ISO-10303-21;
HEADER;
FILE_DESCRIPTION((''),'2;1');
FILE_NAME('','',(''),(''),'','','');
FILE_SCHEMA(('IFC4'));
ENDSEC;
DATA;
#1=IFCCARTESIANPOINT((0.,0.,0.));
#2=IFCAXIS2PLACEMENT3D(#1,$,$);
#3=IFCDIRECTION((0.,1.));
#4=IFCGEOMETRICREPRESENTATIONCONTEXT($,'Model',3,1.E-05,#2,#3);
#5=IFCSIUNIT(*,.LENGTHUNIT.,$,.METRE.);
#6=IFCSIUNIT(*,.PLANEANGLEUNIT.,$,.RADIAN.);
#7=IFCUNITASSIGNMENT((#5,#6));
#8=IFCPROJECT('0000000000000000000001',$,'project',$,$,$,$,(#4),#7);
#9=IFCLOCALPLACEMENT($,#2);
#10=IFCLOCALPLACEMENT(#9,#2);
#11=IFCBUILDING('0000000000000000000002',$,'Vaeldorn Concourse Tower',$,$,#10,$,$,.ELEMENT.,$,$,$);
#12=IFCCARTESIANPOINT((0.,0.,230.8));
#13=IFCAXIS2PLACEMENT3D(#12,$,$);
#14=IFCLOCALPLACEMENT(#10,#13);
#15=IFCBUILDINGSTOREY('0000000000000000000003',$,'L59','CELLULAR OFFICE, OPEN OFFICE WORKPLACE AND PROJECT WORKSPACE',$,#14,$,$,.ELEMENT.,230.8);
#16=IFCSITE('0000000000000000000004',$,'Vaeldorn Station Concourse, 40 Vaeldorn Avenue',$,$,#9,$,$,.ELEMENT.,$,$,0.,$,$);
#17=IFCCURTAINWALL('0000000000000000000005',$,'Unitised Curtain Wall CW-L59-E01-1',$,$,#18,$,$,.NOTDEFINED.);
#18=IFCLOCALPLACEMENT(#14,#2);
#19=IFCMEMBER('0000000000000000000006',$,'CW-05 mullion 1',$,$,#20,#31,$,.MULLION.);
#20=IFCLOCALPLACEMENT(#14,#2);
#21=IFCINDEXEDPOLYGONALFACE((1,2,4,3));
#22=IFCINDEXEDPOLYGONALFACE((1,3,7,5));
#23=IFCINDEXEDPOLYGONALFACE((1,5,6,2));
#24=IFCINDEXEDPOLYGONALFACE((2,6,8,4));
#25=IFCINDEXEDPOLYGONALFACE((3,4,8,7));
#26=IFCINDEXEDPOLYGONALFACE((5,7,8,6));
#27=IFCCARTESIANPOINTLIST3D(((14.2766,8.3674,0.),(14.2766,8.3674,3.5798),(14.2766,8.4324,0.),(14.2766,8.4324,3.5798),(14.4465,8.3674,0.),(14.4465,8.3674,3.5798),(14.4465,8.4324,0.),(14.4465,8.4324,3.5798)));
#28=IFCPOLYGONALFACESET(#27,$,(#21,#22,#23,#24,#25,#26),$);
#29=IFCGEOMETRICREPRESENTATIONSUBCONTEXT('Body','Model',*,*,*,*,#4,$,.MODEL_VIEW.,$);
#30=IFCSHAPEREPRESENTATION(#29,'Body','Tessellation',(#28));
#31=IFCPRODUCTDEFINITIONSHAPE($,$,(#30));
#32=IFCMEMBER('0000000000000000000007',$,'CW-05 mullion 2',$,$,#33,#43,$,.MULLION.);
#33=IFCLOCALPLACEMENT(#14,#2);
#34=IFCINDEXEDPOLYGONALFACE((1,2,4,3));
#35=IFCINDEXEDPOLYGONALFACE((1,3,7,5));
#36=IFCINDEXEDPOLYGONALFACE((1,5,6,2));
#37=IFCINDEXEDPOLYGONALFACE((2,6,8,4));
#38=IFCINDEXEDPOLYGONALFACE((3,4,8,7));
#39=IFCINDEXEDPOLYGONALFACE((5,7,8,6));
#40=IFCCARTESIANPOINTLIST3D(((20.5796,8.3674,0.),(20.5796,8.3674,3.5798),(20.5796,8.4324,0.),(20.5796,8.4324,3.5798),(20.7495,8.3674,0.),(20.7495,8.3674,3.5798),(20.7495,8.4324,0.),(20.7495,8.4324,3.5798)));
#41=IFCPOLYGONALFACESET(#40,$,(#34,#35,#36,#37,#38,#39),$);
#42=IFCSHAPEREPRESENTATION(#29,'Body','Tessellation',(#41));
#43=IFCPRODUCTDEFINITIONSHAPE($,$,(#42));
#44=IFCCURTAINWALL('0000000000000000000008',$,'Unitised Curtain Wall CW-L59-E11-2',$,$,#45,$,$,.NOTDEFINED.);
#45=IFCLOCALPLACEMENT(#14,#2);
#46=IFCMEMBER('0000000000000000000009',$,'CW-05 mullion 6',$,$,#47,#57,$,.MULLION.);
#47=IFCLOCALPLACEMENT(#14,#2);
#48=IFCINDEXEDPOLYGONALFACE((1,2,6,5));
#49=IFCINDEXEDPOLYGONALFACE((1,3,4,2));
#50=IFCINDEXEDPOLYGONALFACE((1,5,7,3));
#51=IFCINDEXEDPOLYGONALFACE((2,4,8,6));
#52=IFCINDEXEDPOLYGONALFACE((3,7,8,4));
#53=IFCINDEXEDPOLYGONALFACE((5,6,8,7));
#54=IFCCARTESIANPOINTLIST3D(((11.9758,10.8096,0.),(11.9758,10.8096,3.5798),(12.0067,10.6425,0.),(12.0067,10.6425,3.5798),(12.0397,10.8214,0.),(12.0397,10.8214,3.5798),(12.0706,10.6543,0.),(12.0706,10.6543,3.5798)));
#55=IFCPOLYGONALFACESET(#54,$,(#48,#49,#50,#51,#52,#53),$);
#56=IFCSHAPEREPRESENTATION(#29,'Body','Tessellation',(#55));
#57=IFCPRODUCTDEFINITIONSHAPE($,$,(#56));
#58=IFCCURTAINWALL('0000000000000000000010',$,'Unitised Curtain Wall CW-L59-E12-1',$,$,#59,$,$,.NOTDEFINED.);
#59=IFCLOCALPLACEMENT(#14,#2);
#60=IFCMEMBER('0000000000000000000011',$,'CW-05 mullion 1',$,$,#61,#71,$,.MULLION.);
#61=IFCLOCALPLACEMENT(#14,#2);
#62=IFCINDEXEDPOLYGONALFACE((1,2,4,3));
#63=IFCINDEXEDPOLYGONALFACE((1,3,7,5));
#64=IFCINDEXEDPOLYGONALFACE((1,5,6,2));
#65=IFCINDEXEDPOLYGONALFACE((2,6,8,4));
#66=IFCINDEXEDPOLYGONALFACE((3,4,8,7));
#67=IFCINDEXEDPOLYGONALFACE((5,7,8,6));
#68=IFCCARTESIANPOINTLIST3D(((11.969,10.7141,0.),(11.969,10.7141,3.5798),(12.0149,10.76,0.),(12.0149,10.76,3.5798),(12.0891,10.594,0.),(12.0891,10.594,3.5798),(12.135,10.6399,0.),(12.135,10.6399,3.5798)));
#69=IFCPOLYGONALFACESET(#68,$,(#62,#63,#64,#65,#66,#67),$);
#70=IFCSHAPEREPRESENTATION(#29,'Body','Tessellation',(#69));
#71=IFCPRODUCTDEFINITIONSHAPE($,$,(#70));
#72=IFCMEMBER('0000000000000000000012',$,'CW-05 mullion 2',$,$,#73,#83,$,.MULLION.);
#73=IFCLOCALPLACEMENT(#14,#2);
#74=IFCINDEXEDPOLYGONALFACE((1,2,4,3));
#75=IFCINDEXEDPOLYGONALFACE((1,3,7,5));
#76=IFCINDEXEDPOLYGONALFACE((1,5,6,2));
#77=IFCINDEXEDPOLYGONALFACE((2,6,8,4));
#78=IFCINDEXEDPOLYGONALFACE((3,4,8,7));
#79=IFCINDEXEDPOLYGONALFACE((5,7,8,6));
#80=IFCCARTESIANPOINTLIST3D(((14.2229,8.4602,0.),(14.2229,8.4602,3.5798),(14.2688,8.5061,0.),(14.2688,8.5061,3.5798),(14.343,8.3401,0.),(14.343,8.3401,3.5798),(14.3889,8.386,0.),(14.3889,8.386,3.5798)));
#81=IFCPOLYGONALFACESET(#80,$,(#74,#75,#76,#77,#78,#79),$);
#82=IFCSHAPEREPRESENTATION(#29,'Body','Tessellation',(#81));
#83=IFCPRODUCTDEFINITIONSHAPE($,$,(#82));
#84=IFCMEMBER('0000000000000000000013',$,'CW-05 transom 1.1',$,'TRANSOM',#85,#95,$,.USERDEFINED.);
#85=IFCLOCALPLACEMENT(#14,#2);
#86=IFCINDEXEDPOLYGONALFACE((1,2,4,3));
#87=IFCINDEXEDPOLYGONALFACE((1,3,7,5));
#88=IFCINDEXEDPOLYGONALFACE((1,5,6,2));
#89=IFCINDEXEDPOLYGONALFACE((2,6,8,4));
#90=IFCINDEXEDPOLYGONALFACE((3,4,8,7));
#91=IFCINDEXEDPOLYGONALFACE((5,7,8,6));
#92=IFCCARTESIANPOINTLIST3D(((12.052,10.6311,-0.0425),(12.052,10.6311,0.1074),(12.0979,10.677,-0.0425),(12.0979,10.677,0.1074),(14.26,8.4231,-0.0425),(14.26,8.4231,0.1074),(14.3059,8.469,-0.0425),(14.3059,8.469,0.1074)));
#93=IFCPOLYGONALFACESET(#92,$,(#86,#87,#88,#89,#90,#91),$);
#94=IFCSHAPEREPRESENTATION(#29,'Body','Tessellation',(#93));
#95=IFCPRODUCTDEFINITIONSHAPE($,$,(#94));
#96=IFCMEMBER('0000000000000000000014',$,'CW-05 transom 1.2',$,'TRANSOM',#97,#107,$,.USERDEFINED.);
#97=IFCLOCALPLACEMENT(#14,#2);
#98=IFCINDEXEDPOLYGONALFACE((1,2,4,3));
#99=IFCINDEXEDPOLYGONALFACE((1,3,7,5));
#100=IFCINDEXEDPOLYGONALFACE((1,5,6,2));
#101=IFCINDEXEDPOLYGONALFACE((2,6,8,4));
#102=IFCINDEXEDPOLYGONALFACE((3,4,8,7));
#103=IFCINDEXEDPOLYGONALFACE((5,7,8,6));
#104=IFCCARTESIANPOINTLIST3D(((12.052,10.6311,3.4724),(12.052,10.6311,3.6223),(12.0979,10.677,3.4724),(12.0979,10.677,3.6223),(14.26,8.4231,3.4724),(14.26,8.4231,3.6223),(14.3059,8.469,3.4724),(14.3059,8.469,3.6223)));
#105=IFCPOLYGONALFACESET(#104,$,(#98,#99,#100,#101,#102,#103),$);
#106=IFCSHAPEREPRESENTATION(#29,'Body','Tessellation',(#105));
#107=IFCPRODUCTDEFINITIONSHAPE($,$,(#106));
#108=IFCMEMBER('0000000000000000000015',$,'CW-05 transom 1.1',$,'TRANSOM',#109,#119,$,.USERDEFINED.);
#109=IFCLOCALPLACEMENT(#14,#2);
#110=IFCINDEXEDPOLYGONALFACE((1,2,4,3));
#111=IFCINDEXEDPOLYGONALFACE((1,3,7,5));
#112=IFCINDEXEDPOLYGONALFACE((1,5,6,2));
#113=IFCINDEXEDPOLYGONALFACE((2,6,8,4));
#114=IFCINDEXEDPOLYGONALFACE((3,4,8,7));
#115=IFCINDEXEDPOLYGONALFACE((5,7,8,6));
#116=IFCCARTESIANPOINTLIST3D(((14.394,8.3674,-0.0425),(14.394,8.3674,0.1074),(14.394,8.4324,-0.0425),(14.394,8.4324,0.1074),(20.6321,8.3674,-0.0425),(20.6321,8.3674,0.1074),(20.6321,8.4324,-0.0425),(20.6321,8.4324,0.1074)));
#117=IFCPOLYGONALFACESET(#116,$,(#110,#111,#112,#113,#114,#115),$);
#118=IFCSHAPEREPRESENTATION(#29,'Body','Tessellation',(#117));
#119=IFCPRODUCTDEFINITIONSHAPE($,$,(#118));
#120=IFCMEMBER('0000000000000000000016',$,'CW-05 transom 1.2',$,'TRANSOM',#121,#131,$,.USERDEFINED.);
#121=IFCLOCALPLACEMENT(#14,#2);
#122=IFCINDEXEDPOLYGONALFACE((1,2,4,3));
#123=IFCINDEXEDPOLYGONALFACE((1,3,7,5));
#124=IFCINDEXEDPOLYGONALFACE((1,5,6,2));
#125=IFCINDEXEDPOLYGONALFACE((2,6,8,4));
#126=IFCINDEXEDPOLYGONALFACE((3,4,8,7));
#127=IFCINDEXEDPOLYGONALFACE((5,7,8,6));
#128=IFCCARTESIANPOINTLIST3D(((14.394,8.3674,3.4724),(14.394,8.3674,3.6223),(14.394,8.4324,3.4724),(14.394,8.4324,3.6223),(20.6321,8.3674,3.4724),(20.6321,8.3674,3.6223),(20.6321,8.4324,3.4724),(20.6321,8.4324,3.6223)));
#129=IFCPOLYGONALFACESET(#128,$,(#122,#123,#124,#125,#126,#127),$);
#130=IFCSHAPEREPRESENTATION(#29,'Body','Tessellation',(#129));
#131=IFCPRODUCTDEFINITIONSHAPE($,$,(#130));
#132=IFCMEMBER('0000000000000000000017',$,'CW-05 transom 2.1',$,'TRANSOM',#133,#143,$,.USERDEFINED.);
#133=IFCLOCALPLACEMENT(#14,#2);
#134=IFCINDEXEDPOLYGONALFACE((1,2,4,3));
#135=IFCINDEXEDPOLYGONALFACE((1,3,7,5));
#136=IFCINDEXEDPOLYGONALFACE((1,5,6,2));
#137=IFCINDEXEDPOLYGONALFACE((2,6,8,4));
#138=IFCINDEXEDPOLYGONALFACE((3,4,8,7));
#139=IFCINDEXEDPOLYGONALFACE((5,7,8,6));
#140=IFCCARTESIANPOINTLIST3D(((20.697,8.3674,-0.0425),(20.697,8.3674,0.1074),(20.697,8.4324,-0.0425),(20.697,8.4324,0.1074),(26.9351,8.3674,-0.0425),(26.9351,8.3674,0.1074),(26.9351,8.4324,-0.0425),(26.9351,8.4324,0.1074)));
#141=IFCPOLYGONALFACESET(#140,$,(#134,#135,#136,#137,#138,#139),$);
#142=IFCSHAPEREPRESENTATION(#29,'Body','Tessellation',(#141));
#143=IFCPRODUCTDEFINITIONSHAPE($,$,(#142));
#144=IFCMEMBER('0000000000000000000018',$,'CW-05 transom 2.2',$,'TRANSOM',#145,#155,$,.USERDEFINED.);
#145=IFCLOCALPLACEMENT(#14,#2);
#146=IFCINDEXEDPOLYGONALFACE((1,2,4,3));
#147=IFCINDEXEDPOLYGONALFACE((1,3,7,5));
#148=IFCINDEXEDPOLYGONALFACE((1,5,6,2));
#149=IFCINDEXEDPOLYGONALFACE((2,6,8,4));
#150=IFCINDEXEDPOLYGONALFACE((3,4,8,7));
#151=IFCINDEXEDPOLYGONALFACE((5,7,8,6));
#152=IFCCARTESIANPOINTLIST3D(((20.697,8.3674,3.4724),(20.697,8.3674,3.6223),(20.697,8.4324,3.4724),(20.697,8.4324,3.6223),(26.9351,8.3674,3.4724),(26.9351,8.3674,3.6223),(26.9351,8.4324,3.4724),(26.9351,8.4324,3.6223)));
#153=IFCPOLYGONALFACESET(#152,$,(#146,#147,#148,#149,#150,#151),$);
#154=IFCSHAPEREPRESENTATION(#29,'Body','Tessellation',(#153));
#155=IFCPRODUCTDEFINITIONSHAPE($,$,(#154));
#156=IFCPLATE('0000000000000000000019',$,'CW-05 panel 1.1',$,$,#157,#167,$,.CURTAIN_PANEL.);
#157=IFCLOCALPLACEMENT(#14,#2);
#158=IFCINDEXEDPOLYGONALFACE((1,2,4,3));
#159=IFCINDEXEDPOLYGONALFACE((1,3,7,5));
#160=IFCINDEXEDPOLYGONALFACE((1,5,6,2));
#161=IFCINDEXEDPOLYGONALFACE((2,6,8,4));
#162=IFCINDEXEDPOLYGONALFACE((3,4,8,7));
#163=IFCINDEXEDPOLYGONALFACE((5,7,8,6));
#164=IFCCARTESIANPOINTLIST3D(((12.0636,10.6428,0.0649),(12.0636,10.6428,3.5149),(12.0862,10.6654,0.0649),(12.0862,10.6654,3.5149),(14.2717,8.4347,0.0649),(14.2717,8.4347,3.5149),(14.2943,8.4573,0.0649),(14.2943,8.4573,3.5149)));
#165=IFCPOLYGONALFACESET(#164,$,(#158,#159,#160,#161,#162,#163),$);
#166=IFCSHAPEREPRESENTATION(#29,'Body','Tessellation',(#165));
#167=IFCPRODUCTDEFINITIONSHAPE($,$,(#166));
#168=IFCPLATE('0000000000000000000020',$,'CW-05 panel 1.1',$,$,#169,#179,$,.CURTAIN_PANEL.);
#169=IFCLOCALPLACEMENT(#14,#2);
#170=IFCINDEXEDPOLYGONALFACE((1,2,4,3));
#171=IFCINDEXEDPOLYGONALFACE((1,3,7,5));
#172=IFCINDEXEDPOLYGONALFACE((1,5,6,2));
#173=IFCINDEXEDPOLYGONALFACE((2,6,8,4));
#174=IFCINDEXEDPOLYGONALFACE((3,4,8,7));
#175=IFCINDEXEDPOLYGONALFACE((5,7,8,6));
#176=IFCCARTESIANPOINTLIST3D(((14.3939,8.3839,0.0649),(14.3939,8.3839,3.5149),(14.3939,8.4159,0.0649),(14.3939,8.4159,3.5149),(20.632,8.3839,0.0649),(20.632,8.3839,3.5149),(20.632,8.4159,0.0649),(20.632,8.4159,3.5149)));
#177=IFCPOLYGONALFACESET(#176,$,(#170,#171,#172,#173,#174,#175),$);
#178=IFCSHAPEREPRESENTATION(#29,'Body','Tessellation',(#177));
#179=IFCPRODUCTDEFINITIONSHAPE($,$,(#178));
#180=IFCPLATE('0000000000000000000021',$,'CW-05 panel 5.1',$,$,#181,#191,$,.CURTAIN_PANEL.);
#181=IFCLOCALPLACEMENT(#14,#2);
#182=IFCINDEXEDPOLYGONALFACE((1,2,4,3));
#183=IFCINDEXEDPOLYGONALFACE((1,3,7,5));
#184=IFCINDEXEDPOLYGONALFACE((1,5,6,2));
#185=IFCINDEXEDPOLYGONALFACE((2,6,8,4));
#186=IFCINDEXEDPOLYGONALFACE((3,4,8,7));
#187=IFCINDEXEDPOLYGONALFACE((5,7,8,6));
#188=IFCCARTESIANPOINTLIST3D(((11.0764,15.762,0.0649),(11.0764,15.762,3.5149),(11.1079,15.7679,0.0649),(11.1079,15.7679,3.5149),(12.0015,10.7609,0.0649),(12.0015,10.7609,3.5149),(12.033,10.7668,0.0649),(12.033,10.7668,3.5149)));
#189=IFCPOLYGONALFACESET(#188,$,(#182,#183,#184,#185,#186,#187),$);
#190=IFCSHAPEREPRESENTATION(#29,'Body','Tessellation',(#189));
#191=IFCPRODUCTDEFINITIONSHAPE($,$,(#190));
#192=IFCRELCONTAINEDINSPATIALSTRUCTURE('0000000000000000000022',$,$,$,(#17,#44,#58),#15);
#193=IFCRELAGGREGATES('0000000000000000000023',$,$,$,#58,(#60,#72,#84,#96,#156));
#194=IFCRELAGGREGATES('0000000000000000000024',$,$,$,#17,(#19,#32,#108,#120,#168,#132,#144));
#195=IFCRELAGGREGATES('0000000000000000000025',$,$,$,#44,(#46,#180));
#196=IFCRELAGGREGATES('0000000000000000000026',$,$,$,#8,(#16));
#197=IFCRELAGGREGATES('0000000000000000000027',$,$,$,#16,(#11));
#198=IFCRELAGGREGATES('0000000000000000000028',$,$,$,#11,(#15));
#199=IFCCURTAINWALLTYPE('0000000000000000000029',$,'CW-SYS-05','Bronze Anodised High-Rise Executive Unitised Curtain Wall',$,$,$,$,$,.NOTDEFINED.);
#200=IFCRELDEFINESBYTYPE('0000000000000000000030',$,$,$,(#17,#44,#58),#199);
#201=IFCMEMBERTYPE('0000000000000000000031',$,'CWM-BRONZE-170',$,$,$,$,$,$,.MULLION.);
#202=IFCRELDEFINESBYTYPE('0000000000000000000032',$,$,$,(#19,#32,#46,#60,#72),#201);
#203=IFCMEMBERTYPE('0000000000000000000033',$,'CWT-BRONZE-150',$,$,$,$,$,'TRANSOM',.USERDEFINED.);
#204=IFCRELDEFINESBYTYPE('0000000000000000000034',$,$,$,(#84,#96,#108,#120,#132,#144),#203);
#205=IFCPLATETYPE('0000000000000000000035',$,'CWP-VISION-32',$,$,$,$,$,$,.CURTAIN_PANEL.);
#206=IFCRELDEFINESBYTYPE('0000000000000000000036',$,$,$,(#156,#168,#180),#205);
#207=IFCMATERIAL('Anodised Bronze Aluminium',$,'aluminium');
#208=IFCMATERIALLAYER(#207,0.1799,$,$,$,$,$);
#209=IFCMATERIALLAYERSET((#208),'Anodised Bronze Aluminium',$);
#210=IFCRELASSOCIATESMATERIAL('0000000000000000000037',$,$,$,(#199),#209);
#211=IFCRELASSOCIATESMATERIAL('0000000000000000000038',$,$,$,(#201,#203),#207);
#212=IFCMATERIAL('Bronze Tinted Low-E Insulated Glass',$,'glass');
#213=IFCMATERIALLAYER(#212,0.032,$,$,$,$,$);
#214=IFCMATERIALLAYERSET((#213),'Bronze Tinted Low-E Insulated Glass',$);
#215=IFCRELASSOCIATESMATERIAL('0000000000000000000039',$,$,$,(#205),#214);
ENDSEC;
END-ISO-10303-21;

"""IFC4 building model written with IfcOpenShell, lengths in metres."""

from ifc_helpers import new_model, si_unit, direction, frame, origin, origin_2d, place, context, subcontext, project, spatial, rectangle, extrude, source, transform, mapped, material, layer, layer_set, material_profile, profile_set, type_object, element, aggregate, save


model = new_model("IFC4")

# Units and contexts
model_context = context("Model", 3, precision=1e-05, world=origin(), true_north=direction((0.0, 1.0)))
body_context = subcontext(model_context, "Body", "Model", "MODEL_VIEW")
ifc_project = project(units=[si_unit("LENGTHUNIT", "METRE"), si_unit("PLANEANGLEUNIT", "RADIAN")], contexts=[model_context])

# Site, building, storey
site_placement = place(None, origin())
site = spatial("IfcSite", under=ifc_project, at=site_placement, Name="Vaeldorn Station Concourse, 40 Vaeldorn Avenue", CompositionType="ELEMENT", RefElevation=0.0)
building_placement = place(site_placement, origin())
building = spatial("IfcBuilding", under=site, at=building_placement, Name="Vaeldorn Concourse Tower", CompositionType="ELEMENT")
storey_placement = place(building_placement, frame((0.0, 0.0, 230.8)))
storey = spatial("IfcBuildingStorey", under=building, at=storey_placement, Name="L59", Description="CELLULAR OFFICE, OPEN OFFICE WORKPLACE AND PROJECT WORKSPACE", CompositionType="ELEMENT", Elevation=230.8)

# Curtain wall, members
ifc_material_1 = material(Name="Anodised Bronze Aluminium", Category="aluminium")
ifc_layer_1 = layer(ifc_material_1, 0.1799)
ifc_layer_set_1 = layer_set([ifc_layer_1], Name="Anodised Bronze Aluminium")
curtain_wall_type = type_object("IfcCurtainWallType", Name="CW-SYS-05", Description="Bronze Anodised High-Rise Executive Unitised Curtain Wall", PredefinedType="NOTDEFINED", material=ifc_layer_set_1)
curtain_wall_1_placement = place(storey_placement, origin())
curtain_wall_1 = element("IfcCurtainWall", 1, at=curtain_wall_1_placement, inside=storey, type_object=curtain_wall_type, Name="Unitised Curtain Wall CW-L59-E01-1", PredefinedType="NOTDEFINED")
ifc_material_profile_1 = material_profile(ifc_material_1, rectangle(XDim=0.0649, YDim=0.1699, at=origin_2d()), Name="CWM 65x170")
ifc_profile_set_1 = profile_set([ifc_material_profile_1], Name="Anodised Bronze Aluminium")
member_type_1 = type_object("IfcMemberType", Name="CWM-BRONZE-170", PredefinedType="MULLION", material=ifc_profile_set_1)
shared_shape_1 = source(origin(), body_context, "Body", "SweptSolid", [
    extrude(rectangle(XDim=0.0649, YDim=0.1699, at=origin_2d()), origin(), (0.0, 0.0, 1.0), 3.5798),
])
member_1_placement = place(storey_placement, frame((14.3616, 8.3999, 0.0), z_axis=(0.0, 0.0, 1.0), x_axis=(0.0, 1.0, 0.0)))
member_1 = element("IfcMember", 2, at=member_1_placement, type_object=member_type_1, Name="CW-05 mullion 1", PredefinedType="MULLION", context=body_context, shape_type="MappedRepresentation", body=[
    mapped(shared_shape_1, transform((0.0, 0.0, 0.0), scale=1.0)),
])
member_2_placement = place(storey_placement, frame((20.6646, 8.3999, 0.0), z_axis=(0.0, 0.0, 1.0), x_axis=(0.0, 1.0, 0.0)))
member_2 = element("IfcMember", 3, at=member_2_placement, type_object=member_type_1, Name="CW-05 mullion 2", PredefinedType="MULLION", context=body_context, shape_type="MappedRepresentation", body=[
    mapped(shared_shape_1, transform((0.0, 0.0, 0.0), scale=1.0)),
])

# Curtain wall, member
curtain_wall_2_placement = place(storey_placement, origin())
curtain_wall_2 = element("IfcCurtainWall", 4, at=curtain_wall_2_placement, inside=storey, type_object=curtain_wall_type, Name="Unitised Curtain Wall CW-L59-E11-2", PredefinedType="NOTDEFINED")
member_3_placement = place(storey_placement, frame((12.0232, 10.7319, 0.0), z_axis=(0.0, 0.0, 1.0), x_axis=(0.983319, 0.18189, 0.0)))
member_3 = element("IfcMember", 5, at=member_3_placement, type_object=member_type_1, Name="CW-05 mullion 6", PredefinedType="MULLION", context=body_context, shape_type="MappedRepresentation", body=[
    mapped(shared_shape_1, transform((0.0, 0.0, 0.0), scale=1.0)),
])

# Curtain wall, members
curtain_wall_3_placement = place(storey_placement, origin())
curtain_wall_3 = element("IfcCurtainWall", 6, at=curtain_wall_3_placement, inside=storey, type_object=curtain_wall_type, Name="Unitised Curtain Wall CW-L59-E12-1", PredefinedType="NOTDEFINED")
member_4_placement = place(storey_placement, frame((12.052, 10.677, 0.0), z_axis=(0.0, 0.0, 1.0), x_axis=(0.707107, 0.707107, 0.0)))
member_4 = element("IfcMember", 7, at=member_4_placement, type_object=member_type_1, Name="CW-05 mullion 1", PredefinedType="MULLION", context=body_context, shape_type="MappedRepresentation", body=[
    mapped(shared_shape_1, transform((0.0, 0.0, 0.0), scale=1.0)),
])
member_5_placement = place(storey_placement, frame((14.3059, 8.4231, 0.0), z_axis=(0.0, 0.0, 1.0), x_axis=(0.707107, 0.707107, 0.0)))
member_5 = element("IfcMember", 8, at=member_5_placement, type_object=member_type_1, Name="CW-05 mullion 2", PredefinedType="MULLION", context=body_context, shape_type="MappedRepresentation", body=[
    mapped(shared_shape_1, transform((0.0, 0.0, 0.0), scale=1.0)),
])
ifc_material_profile_2 = material_profile(ifc_material_1, rectangle(XDim=0.0649, YDim=0.1499, at=origin_2d()), Name="CWT 65x150")
ifc_profile_set_2 = profile_set([ifc_material_profile_2], Name="Anodised Bronze Aluminium")
member_type_2 = type_object("IfcMemberType", Name="CWT-BRONZE-150", ElementType="TRANSOM", PredefinedType="USERDEFINED", material=ifc_profile_set_2)
shared_shape_2 = source(origin(), body_context, "Body", "SweptSolid", [
    extrude(rectangle(XDim=0.0649, YDim=0.1499, at=origin_2d()), origin(), (0.0, 0.0, 1.0), 3.1226),
])
member_6_placement = place(storey_placement, frame((12.075, 10.6541, 0.0325), z_axis=(0.707107, -0.707107, 0.0), x_axis=(0.707107, 0.707107, 0.0)))
member_6 = element("IfcMember", 9, at=member_6_placement, type_object=member_type_2, Name="CW-05 transom 1.1", ObjectType="TRANSOM", PredefinedType="USERDEFINED", context=body_context, shape_type="MappedRepresentation", body=[
    mapped(shared_shape_2, transform((0.0, 0.0, 0.0), scale=1.0)),
])
member_7_placement = place(storey_placement, frame((12.075, 10.6541, 3.5474), z_axis=(0.707107, -0.707107, 0.0), x_axis=(0.707107, 0.707107, 0.0)))
member_7 = element("IfcMember", 10, at=member_7_placement, type_object=member_type_2, Name="CW-05 transom 1.2", ObjectType="TRANSOM", PredefinedType="USERDEFINED", context=body_context, shape_type="MappedRepresentation", body=[
    mapped(shared_shape_2, transform((0.0, 0.0, 0.0), scale=1.0)),
])

# Members
shared_shape_3 = source(origin(), body_context, "Body", "SweptSolid", [
    extrude(rectangle(XDim=0.0649, YDim=0.1499, at=origin_2d()), origin(), (0.0, 0.0, 1.0), 6.238),
])
member_8_placement = place(storey_placement, frame((14.394, 8.3999, 0.0325), z_axis=(1.0, 0.0, 0.0), x_axis=(0.0, 1.0, 0.0)))
member_8 = element("IfcMember", 11, at=member_8_placement, type_object=member_type_2, Name="CW-05 transom 1.1", ObjectType="TRANSOM", PredefinedType="USERDEFINED", context=body_context, shape_type="MappedRepresentation", body=[
    mapped(shared_shape_3, transform((0.0, 0.0, 0.0), scale=1.0)),
])
member_9_placement = place(storey_placement, frame((14.394, 8.3999, 3.5474), z_axis=(1.0, 0.0, 0.0), x_axis=(0.0, 1.0, 0.0)))
member_9 = element("IfcMember", 12, at=member_9_placement, type_object=member_type_2, Name="CW-05 transom 1.2", ObjectType="TRANSOM", PredefinedType="USERDEFINED", context=body_context, shape_type="MappedRepresentation", body=[
    mapped(shared_shape_3, transform((0.0, 0.0, 0.0), scale=1.0)),
])
member_10_placement = place(storey_placement, frame((20.697, 8.3999, 0.0325), z_axis=(1.0, 0.0, 0.0), x_axis=(0.0, 1.0, 0.0)))
member_10 = element("IfcMember", 13, at=member_10_placement, type_object=member_type_2, Name="CW-05 transom 2.1", ObjectType="TRANSOM", PredefinedType="USERDEFINED", context=body_context, shape_type="MappedRepresentation", body=[
    mapped(shared_shape_3, transform((0.0, 0.0, 0.0), scale=1.0)),
])
member_11_placement = place(storey_placement, frame((20.697, 8.3999, 3.5474), z_axis=(1.0, 0.0, 0.0), x_axis=(0.0, 1.0, 0.0)))
member_11 = element("IfcMember", 14, at=member_11_placement, type_object=member_type_2, Name="CW-05 transom 2.2", ObjectType="TRANSOM", PredefinedType="USERDEFINED", context=body_context, shape_type="MappedRepresentation", body=[
    mapped(shared_shape_3, transform((0.0, 0.0, 0.0), scale=1.0)),
])

# Plates
ifc_material_2 = material(Name="Bronze Tinted Low-E Insulated Glass", Category="glass")
ifc_layer_2 = layer(ifc_material_2, 0.032)
ifc_layer_set_2 = layer_set([ifc_layer_2], Name="Bronze Tinted Low-E Insulated Glass")
plate_type = type_object("IfcPlateType", Name="CWP-VISION-32", PredefinedType="CURTAIN_PANEL", material=ifc_layer_set_2)
shared_shape_4 = source(origin(), body_context, "Body", "SweptSolid", [
    extrude(rectangle(XDim=3.1228, YDim=0.032, at=origin_2d()), origin(), (0.0, 0.0, 1.0), 3.45),
])
plate_1_placement = place(storey_placement, frame((13.179, 9.55, 0.0649), z_axis=(0.0, 0.0, 1.0), x_axis=(0.707107, -0.707107, 0.0)))
plate_1 = element("IfcPlate", 15, at=plate_1_placement, type_object=plate_type, Name="CW-05 panel 1.1", PredefinedType="CURTAIN_PANEL", context=body_context, shape_type="MappedRepresentation", body=[
    mapped(shared_shape_4, transform((0.0, 0.0, 0.0), scale=1.0)),
])
aggregate(curtain_wall_3, [member_4, member_5, member_6, member_7, plate_1])
shared_shape_5 = source(origin(), body_context, "Body", "SweptSolid", [
    extrude(rectangle(XDim=6.238, YDim=0.032, at=origin_2d()), origin(), (0.0, 0.0, 1.0), 3.45),
])
plate_2_placement = place(storey_placement, frame((17.5129, 8.3999, 0.0649), z_axis=(0.0, 0.0, 1.0), x_axis=(1.0, 0.0, 0.0)))
plate_2 = element("IfcPlate", 16, at=plate_2_placement, type_object=plate_type, Name="CW-05 panel 1.1", PredefinedType="CURTAIN_PANEL", context=body_context, shape_type="MappedRepresentation", body=[
    mapped(shared_shape_5, transform((0.0, 0.0, 0.0), scale=1.0)),
])
aggregate(curtain_wall_1, [member_1, member_2, member_8, member_9, plate_2, member_10, member_11])
shared_shape_6 = source(origin(), body_context, "Body", "SweptSolid", [
    extrude(rectangle(XDim=5.0859, YDim=0.032, at=origin_2d()), origin(), (0.0, 0.0, 1.0), 3.45),
])
plate_3_placement = place(storey_placement, frame((11.5547, 13.2644, 0.0649), z_axis=(0.0, 0.0, 1.0), x_axis=(0.18189, -0.983319, 0.0)))
plate_3 = element("IfcPlate", 17, at=plate_3_placement, type_object=plate_type, Name="CW-05 panel 5.1", PredefinedType="CURTAIN_PANEL", context=body_context, shape_type="MappedRepresentation", body=[
    mapped(shared_shape_6, transform((0.0, 0.0, 0.0), scale=1.0)),
])
aggregate(curtain_wall_2, [member_3, plate_3])

save(model, "model.ifc")
